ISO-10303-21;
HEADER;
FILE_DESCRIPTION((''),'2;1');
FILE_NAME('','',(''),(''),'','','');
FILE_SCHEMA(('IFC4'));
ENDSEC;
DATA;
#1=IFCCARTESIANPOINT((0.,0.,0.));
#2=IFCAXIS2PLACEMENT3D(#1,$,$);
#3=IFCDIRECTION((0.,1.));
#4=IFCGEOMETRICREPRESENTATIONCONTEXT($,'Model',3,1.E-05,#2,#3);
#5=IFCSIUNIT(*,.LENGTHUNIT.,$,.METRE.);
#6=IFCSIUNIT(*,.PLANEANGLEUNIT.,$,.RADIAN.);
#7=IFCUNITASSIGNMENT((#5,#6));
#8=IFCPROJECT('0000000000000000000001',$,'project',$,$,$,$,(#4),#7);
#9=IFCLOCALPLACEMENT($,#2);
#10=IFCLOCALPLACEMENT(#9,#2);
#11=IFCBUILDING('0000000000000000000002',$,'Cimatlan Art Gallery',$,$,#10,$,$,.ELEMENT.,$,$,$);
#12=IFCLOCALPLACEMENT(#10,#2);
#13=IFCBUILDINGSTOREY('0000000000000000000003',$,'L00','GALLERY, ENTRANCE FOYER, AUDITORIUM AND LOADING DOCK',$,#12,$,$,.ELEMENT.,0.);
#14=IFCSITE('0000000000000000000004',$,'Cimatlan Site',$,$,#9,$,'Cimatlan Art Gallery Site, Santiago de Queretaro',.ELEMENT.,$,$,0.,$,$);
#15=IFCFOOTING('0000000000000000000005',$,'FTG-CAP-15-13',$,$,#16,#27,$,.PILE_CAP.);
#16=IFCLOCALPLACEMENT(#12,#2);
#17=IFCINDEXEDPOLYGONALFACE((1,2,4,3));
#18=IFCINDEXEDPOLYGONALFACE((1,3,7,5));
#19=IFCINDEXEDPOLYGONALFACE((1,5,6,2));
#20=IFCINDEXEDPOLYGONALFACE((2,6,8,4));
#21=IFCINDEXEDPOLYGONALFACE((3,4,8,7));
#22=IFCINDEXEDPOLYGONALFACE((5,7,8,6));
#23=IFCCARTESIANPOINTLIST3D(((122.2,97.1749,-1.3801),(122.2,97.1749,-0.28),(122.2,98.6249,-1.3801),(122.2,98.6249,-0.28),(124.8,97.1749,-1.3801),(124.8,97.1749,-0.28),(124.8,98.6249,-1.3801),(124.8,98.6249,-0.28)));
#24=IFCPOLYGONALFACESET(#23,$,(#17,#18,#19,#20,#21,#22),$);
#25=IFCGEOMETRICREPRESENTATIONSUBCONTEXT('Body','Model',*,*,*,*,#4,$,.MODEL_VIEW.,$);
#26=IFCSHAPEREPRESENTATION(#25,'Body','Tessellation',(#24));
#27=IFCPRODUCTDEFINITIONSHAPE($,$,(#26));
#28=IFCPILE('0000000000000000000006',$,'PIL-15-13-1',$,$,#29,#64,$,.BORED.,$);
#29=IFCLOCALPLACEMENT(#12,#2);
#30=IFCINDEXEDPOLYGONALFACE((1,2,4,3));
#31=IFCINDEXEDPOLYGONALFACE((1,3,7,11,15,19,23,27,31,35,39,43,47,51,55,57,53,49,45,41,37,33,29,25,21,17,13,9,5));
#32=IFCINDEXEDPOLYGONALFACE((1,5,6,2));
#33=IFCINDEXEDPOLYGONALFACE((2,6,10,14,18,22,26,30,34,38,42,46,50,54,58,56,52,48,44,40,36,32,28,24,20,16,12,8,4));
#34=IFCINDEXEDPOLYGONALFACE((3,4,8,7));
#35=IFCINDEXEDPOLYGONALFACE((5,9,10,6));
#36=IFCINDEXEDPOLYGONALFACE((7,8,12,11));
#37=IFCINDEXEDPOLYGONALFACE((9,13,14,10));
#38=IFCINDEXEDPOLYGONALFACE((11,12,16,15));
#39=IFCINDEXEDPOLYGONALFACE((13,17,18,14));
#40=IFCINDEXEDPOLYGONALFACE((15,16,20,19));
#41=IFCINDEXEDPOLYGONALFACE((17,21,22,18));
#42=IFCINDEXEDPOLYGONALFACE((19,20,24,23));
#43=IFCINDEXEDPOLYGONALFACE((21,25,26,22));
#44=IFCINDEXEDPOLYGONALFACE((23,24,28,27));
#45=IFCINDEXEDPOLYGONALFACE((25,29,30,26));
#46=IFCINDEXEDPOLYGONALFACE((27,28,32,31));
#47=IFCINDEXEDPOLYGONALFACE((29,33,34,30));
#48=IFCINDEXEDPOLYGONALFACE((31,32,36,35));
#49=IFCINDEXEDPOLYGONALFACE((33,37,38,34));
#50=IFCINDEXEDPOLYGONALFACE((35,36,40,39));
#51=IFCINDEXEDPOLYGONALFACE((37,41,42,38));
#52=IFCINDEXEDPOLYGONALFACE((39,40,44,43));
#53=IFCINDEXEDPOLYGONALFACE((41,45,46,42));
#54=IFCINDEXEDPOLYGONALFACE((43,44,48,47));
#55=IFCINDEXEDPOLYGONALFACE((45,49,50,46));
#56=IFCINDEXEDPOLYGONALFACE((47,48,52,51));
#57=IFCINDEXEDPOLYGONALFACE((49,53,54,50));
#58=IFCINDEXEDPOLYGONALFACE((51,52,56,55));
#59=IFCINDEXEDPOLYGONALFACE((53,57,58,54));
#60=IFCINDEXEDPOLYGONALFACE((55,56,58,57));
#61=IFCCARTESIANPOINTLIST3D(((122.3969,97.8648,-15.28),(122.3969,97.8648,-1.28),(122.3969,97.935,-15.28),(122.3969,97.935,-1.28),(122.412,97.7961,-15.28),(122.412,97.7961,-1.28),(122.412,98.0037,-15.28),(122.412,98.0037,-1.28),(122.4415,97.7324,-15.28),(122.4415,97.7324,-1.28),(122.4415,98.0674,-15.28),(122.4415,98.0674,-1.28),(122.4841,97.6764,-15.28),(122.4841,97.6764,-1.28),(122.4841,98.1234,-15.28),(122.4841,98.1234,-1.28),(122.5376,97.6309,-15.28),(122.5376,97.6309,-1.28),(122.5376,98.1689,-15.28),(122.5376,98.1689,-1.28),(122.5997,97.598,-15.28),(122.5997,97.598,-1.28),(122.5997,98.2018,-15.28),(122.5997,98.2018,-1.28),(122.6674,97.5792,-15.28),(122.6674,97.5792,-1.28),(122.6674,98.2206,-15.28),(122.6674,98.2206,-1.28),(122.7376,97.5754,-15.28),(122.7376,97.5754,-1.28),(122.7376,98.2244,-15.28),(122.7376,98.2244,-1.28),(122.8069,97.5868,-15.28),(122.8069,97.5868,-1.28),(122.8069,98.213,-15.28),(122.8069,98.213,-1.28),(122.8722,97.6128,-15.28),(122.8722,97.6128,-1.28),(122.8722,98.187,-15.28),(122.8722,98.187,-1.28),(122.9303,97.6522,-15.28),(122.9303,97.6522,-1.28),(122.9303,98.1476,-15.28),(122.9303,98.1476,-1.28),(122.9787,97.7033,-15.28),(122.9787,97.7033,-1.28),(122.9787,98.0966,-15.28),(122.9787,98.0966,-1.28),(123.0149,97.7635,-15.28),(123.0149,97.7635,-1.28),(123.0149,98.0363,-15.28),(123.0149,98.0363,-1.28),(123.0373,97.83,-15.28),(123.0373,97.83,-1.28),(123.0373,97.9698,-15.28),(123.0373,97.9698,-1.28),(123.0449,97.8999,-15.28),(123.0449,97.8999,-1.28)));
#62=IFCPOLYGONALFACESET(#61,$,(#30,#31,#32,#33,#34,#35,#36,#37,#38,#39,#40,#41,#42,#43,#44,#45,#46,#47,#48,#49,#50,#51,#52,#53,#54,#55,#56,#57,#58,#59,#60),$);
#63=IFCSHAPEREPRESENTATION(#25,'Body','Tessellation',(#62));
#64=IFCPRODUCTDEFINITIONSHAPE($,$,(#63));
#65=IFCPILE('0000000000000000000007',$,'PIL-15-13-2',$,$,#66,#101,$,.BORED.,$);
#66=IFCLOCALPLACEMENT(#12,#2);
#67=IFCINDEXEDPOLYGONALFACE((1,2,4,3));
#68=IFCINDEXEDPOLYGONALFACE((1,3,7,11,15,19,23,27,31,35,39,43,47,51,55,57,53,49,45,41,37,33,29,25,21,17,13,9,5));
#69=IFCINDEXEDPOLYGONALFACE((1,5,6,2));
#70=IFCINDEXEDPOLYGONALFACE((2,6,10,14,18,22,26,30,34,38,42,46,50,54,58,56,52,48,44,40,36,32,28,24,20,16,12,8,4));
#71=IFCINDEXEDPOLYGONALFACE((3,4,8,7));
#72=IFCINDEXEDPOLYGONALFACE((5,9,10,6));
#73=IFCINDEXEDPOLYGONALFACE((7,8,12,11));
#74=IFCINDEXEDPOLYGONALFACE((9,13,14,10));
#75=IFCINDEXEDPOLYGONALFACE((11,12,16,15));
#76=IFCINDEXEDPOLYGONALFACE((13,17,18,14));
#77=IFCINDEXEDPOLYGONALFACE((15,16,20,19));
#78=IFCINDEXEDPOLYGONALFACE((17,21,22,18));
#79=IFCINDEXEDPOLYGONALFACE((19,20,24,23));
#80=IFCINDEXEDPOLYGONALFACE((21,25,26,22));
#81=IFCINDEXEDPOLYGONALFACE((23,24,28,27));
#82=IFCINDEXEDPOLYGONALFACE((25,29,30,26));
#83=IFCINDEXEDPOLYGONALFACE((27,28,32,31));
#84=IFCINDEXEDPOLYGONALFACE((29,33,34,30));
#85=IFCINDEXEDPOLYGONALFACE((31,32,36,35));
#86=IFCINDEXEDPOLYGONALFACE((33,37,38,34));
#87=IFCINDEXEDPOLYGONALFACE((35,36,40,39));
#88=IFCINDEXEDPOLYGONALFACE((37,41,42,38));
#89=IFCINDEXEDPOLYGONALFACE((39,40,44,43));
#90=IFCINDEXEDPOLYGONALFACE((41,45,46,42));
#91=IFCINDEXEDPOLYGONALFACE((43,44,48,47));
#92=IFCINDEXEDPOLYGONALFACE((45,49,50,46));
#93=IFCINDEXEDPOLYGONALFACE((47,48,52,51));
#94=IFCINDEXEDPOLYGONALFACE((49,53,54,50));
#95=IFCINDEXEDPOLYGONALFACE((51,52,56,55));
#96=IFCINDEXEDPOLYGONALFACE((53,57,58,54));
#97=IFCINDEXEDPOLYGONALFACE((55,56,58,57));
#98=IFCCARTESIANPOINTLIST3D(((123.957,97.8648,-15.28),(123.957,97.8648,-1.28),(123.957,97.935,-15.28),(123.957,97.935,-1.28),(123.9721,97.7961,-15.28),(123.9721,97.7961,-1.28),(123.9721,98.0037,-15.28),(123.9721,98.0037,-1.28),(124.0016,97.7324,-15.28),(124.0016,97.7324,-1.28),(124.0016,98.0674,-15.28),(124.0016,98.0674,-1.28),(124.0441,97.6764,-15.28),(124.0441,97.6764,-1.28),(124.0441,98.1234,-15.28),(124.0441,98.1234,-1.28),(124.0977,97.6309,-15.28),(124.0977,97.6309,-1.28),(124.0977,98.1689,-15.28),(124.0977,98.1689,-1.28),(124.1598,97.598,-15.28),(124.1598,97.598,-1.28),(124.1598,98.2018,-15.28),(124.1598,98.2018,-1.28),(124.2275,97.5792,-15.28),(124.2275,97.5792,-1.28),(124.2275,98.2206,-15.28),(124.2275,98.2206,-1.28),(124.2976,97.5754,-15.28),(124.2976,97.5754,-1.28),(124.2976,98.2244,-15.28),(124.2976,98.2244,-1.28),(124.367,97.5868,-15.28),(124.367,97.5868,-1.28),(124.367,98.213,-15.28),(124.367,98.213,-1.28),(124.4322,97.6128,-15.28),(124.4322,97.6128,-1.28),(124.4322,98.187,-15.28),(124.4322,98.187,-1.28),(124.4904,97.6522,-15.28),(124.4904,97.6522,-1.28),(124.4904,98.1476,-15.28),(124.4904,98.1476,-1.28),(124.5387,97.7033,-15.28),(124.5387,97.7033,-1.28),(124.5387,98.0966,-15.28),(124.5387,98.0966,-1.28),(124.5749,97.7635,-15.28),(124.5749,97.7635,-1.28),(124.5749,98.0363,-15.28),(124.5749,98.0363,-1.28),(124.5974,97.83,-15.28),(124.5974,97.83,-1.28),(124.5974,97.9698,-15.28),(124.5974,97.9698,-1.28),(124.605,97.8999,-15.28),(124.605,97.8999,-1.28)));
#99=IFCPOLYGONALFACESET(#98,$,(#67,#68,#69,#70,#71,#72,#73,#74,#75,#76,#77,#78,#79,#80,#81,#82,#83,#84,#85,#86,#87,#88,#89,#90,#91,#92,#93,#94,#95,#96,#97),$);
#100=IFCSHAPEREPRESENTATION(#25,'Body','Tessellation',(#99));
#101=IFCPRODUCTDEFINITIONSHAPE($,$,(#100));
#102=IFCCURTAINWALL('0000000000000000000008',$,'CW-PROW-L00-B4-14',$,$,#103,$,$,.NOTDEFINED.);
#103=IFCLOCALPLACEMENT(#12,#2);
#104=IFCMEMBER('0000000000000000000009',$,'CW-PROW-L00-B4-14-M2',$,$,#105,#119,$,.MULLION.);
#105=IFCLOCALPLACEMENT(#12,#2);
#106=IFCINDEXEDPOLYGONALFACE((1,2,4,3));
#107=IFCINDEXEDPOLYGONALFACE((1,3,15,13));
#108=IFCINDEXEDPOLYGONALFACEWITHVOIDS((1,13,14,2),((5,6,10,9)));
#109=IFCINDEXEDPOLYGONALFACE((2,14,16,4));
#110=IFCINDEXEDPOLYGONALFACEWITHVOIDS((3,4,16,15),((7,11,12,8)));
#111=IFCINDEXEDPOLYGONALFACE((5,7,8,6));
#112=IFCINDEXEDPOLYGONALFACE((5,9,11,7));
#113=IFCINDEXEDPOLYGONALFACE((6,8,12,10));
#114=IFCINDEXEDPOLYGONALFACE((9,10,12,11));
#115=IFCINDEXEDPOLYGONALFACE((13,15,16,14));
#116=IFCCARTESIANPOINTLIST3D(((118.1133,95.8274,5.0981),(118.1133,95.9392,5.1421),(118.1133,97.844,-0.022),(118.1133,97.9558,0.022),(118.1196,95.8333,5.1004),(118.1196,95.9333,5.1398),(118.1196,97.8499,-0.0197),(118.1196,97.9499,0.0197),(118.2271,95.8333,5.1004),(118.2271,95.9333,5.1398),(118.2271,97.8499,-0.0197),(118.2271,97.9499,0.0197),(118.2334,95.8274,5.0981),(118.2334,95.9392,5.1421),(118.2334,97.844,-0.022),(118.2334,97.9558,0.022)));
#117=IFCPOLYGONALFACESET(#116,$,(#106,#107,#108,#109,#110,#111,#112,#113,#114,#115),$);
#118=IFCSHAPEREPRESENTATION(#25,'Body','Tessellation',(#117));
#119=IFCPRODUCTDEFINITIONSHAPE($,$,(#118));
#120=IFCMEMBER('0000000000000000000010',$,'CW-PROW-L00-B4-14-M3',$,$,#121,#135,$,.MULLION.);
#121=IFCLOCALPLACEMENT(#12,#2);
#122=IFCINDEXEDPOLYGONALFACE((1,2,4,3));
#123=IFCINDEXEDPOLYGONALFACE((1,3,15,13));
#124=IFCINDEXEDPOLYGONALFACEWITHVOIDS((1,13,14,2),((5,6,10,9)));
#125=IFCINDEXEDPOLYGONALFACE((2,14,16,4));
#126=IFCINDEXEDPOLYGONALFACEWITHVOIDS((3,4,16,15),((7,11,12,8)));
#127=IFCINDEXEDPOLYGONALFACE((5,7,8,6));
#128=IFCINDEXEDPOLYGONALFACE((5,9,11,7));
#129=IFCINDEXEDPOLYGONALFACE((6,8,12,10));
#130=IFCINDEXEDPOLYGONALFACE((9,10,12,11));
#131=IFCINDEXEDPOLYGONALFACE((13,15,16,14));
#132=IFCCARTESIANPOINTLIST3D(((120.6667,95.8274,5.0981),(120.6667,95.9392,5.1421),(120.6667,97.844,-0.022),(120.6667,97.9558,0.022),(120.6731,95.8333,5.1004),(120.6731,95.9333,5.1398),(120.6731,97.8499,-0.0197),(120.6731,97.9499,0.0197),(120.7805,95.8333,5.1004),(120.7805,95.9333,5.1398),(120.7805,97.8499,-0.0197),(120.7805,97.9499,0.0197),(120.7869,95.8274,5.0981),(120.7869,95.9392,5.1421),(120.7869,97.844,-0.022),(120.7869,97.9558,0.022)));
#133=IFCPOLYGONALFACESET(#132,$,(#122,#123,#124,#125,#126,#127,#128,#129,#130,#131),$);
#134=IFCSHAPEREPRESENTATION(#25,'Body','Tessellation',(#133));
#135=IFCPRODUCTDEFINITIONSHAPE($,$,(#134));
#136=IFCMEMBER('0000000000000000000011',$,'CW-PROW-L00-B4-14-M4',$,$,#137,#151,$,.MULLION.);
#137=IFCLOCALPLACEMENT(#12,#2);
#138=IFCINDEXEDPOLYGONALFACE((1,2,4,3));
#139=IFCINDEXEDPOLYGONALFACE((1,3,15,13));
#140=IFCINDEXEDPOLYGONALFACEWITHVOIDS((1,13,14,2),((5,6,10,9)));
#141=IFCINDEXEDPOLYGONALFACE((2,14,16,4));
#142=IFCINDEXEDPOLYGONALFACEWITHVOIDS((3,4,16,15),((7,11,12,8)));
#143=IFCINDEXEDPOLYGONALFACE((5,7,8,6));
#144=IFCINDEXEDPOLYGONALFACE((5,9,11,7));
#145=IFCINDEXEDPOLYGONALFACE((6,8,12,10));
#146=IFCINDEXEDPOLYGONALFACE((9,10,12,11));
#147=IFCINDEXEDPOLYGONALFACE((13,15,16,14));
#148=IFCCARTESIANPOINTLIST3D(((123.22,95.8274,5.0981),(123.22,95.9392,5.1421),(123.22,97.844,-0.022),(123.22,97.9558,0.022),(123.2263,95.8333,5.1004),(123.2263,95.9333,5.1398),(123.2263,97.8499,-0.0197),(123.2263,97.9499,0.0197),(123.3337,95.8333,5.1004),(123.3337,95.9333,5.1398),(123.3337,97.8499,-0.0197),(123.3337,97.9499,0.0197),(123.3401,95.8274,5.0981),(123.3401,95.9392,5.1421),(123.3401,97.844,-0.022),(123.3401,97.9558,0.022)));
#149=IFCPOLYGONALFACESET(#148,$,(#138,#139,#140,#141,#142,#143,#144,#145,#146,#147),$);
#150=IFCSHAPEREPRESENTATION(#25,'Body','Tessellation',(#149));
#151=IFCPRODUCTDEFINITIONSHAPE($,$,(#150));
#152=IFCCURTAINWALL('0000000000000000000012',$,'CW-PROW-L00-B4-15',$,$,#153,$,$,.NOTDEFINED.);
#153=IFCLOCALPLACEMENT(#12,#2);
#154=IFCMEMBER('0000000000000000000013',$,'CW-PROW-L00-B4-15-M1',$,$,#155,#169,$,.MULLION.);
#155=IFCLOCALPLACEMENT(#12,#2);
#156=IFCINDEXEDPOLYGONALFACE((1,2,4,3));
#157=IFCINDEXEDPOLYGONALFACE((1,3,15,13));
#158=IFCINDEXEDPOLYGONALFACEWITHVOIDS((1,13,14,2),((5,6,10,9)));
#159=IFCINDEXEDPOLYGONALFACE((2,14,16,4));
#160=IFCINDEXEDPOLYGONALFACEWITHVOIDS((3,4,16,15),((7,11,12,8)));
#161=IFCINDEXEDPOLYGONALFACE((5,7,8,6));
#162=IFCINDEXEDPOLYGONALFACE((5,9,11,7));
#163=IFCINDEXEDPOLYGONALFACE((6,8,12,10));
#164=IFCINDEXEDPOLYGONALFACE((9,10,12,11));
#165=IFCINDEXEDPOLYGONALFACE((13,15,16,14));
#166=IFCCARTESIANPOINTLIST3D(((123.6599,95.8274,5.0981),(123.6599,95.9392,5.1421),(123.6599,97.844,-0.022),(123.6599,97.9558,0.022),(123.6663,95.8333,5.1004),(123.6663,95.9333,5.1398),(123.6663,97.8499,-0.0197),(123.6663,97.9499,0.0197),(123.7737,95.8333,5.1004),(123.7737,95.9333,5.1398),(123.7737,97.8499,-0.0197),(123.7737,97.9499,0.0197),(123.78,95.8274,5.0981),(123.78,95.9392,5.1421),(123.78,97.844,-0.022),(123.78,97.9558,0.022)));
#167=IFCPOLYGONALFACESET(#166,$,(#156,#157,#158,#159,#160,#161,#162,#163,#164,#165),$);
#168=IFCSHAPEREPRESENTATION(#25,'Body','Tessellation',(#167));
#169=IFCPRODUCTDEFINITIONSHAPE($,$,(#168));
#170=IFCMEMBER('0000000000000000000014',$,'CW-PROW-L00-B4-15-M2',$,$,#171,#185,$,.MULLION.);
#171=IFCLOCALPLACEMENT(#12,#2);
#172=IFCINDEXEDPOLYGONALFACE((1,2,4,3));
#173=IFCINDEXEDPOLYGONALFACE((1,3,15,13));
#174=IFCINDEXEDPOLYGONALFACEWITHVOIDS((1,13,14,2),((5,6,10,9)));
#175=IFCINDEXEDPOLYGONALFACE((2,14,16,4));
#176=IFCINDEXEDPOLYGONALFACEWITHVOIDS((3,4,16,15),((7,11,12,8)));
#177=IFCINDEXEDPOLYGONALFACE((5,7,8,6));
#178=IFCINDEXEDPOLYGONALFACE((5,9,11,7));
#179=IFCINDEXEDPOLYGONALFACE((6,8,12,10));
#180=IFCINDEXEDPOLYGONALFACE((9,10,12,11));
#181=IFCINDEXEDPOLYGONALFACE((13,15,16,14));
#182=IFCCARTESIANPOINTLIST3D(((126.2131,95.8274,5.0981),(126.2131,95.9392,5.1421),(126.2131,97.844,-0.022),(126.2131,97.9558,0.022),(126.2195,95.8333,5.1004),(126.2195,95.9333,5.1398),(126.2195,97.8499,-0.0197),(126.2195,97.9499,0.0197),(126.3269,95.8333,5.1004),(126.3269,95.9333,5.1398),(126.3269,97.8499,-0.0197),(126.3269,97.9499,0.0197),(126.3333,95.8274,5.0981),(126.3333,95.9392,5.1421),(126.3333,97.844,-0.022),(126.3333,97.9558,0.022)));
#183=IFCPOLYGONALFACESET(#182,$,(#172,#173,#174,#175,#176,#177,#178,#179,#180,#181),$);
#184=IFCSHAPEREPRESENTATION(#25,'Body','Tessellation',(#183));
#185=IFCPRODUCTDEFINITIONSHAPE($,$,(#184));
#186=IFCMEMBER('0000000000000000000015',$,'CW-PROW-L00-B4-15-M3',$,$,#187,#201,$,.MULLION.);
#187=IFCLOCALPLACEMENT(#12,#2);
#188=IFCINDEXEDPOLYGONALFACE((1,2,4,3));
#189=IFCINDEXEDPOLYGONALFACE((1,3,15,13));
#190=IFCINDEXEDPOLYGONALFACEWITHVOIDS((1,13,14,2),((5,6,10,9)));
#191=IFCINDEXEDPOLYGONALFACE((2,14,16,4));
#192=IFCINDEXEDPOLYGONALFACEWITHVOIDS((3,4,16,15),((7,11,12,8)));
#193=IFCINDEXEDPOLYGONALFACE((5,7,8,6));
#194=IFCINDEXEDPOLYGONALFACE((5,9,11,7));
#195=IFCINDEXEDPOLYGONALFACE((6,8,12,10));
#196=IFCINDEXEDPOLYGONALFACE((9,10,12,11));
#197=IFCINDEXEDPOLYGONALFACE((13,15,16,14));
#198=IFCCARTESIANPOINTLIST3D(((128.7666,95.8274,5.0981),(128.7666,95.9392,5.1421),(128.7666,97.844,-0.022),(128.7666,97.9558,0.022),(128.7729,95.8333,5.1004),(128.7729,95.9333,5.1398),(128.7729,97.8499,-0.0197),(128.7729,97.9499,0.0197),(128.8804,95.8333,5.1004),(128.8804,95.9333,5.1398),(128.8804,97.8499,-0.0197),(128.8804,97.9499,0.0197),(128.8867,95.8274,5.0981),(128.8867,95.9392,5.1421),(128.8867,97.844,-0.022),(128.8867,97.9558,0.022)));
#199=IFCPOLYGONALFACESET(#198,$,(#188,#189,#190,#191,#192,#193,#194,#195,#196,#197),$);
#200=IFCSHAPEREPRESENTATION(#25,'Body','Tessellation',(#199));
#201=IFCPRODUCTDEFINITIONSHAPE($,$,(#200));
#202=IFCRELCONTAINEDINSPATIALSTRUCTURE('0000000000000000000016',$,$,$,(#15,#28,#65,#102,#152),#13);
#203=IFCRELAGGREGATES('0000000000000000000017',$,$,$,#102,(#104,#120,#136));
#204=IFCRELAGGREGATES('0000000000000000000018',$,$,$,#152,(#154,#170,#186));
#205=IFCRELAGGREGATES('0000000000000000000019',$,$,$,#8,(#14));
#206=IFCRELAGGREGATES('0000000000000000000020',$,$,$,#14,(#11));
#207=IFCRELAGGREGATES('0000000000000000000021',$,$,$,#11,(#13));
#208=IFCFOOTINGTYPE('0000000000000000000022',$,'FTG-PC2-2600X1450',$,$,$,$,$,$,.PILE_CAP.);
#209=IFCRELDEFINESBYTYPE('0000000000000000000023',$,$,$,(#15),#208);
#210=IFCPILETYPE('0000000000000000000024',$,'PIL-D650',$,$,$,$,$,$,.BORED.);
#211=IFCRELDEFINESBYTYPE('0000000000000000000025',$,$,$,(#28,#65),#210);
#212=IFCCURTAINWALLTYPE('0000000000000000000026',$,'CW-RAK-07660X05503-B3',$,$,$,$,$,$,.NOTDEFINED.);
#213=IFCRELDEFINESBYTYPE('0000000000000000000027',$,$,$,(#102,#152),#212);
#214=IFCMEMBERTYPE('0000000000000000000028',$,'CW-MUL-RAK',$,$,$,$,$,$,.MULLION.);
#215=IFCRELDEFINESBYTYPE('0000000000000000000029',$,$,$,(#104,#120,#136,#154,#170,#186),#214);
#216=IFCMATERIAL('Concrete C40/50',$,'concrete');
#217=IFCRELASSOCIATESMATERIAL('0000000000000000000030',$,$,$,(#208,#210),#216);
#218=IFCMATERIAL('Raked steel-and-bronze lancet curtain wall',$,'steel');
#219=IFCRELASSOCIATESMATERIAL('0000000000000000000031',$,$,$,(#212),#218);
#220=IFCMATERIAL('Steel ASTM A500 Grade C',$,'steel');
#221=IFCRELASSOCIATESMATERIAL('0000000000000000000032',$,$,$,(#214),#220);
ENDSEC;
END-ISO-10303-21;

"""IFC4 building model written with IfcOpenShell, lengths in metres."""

from ifc_helpers import new_model, si_unit, direction, frame, origin, origin_2d, place, context, subcontext, project, spatial, rectangle, hollow_rectangle, circle, extrude, material, material_profile, profile_set, type_object, element, aggregate, save


model = new_model("IFC4")

# Units and contexts
model_context = context("Model", 3, precision=1e-05, world=origin(), true_north=direction((0.0, 1.0)))
body_context = subcontext(model_context, "Body", "Model", "MODEL_VIEW")
ifc_project = project(units=[si_unit("LENGTHUNIT", "METRE"), si_unit("PLANEANGLEUNIT", "RADIAN")], contexts=[model_context])

# Site, building, storey
site_placement = place(None, origin())
site = spatial("IfcSite", under=ifc_project, at=site_placement, Name="Cimatlan Site", LongName="Cimatlan Art Gallery Site, Santiago de Queretaro", CompositionType="ELEMENT", RefElevation=0.0)
building_placement = place(site_placement, origin())
building = spatial("IfcBuilding", under=site, at=building_placement, Name="Cimatlan Art Gallery", CompositionType="ELEMENT")
storey_placement = place(building_placement, origin())
storey = spatial("IfcBuildingStorey", under=building, at=storey_placement, Name="L00", Description="GALLERY, ENTRANCE FOYER, AUDITORIUM AND LOADING DOCK", CompositionType="ELEMENT", Elevation=0.0)

# Footing
ifc_material_1 = material(Name="Concrete C40/50", Category="concrete")
footing_type = type_object("IfcFootingType", Name="FTG-PC2-2600X1450", PredefinedType="PILE_CAP", material=ifc_material_1)
footing_placement = place(storey_placement, frame((123.5, 97.8999, -1.3801), z_axis=(0.0, 0.0, 1.0), x_axis=(1.0, 0.0, 0.0)))
element("IfcFooting", 1, at=footing_placement, inside=storey, type_object=footing_type, Name="FTG-CAP-15-13", PredefinedType="PILE_CAP", context=body_context, shape_type="SweptSolid", body=[
    extrude(rectangle(XDim=2.6001, YDim=1.45, at=origin_2d()), origin(), (0.0, 0.0, 1.0), 1.1001),
])

# Piles
pile_type = type_object("IfcPileType", Name="PIL-D650", PredefinedType="BORED", material=ifc_material_1)
for number, where, z_axis, x_axis, name in (
    (2, (122.72, 97.8999, -1.28), (0.0, 0.0, -1.0), (1.0, 0.0, 0.0), "PIL-15-13-1"),
    (3, (124.28, 97.8999, -1.28), (0.0, 0.0, -1.0), (1.0, 0.0, 0.0), "PIL-15-13-2"),
):
    element("IfcPile", number, at=place(storey_placement, frame(where, z_axis=z_axis, x_axis=x_axis)), inside=storey, type_object=pile_type, Name=name, PredefinedType="BORED", context=body_context, shape_type="SweptSolid", body=[
        extrude(circle(Radius=0.325, at=origin_2d()), origin(), (0.0, 0.0, 1.0), 14.0),
    ])

# Curtain walls, members
ifc_material_2 = material(Name="Raked steel-and-bronze lancet curtain wall", Category="steel")
curtain_wall_type = type_object("IfcCurtainWallType", Name="CW-RAK-07660X05503-B3", PredefinedType="NOTDEFINED", material=ifc_material_2)
curtain_wall_1_placement = place(storey_placement, origin())
curtain_wall_1 = element("IfcCurtainWall", 4, at=curtain_wall_1_placement, inside=storey, type_object=curtain_wall_type, Name="CW-PROW-L00-B4-14", PredefinedType="NOTDEFINED")
ifc_material_3 = material(Name="Steel ASTM A500 Grade C", Category="steel")
ifc_material_profile_1 = material_profile(ifc_material_3, hollow_rectangle(XDim=0.1201, YDim=0.1201, WallThickness=0.0063, at=origin_2d()), Name="HSS120X120X6")
ifc_profile_set_1 = profile_set([ifc_material_profile_1], Name="Steel ASTM A500 Grade C")
member_type_1 = type_object("IfcMemberType", Name="CW-MUL-RAK", PredefinedType="MULLION", material=ifc_profile_set_1)
member_1_placement = place(storey_placement, frame((118.1733, 97.8999, 0.0), z_axis=(0.0, -0.366459, 0.930434), x_axis=(1.0, 0.0, 0.0)))
member_1 = element("IfcMember", 5, at=member_1_placement, type_object=member_type_1, Name="CW-PROW-L00-B4-14-M2", PredefinedType="MULLION", context=body_context, shape_type="SweptSolid", body=[
    extrude(hollow_rectangle(XDim=0.1201, YDim=0.1201, WallThickness=0.0063, at=origin_2d()), origin(), (0.0, 0.0, 1.0), 5.5029),
])
member_2_placement = place(storey_placement, frame((120.7268, 97.8999, 0.0), z_axis=(0.0, -0.366459, 0.930434), x_axis=(1.0, 0.0, 0.0)))
member_2 = element("IfcMember", 6, at=member_2_placement, type_object=member_type_1, Name="CW-PROW-L00-B4-14-M3", PredefinedType="MULLION", context=body_context, shape_type="SweptSolid", body=[
    extrude(hollow_rectangle(XDim=0.1201, YDim=0.1201, WallThickness=0.0063, at=origin_2d()), origin(), (0.0, 0.0, 1.0), 5.5029),
])
member_3_placement = place(storey_placement, frame((123.28, 97.8999, 0.0), z_axis=(0.0, -0.366459, 0.930434), x_axis=(1.0, 0.0, 0.0)))
member_3 = element("IfcMember", 7, at=member_3_placement, type_object=member_type_1, Name="CW-PROW-L00-B4-14-M4", PredefinedType="MULLION", context=body_context, shape_type="SweptSolid", body=[
    extrude(hollow_rectangle(XDim=0.1201, YDim=0.1201, WallThickness=0.0063, at=origin_2d()), origin(), (0.0, 0.0, 1.0), 5.5029),
])
curtain_wall_2_placement = place(storey_placement, origin())
curtain_wall_2 = element("IfcCurtainWall", 8, at=curtain_wall_2_placement, inside=storey, type_object=curtain_wall_type, Name="CW-PROW-L00-B4-15", PredefinedType="NOTDEFINED")
member_4_placement = place(storey_placement, frame((123.72, 97.8999, 0.0), z_axis=(0.0, -0.366459, 0.930434), x_axis=(1.0, 0.0, 0.0)))
member_4 = element("IfcMember", 9, at=member_4_placement, type_object=member_type_1, Name="CW-PROW-L00-B4-15-M1", PredefinedType="MULLION", context=body_context, shape_type="SweptSolid", body=[
    extrude(hollow_rectangle(XDim=0.1201, YDim=0.1201, WallThickness=0.0063, at=origin_2d()), origin(), (0.0, 0.0, 1.0), 5.5029),
])
member_5_placement = place(storey_placement, frame((126.2732, 97.8999, 0.0), z_axis=(0.0, -0.366459, 0.930434), x_axis=(1.0, 0.0, 0.0)))
member_5 = element("IfcMember", 10, at=member_5_placement, type_object=member_type_1, Name="CW-PROW-L00-B4-15-M2", PredefinedType="MULLION", context=body_context, shape_type="SweptSolid", body=[
    extrude(hollow_rectangle(XDim=0.1201, YDim=0.1201, WallThickness=0.0063, at=origin_2d()), origin(), (0.0, 0.0, 1.0), 5.5029),
])
member_6_placement = place(storey_placement, frame((128.8267, 97.8999, 0.0), z_axis=(0.0, -0.366459, 0.930434), x_axis=(1.0, 0.0, 0.0)))
member_6 = element("IfcMember", 11, at=member_6_placement, type_object=member_type_1, Name="CW-PROW-L00-B4-15-M3", PredefinedType="MULLION", context=body_context, shape_type="SweptSolid", body=[
    extrude(hollow_rectangle(XDim=0.1201, YDim=0.1201, WallThickness=0.0063, at=origin_2d()), origin(), (0.0, 0.0, 1.0), 5.5029),
])

aggregate(curtain_wall_1, [member_1, member_2, member_3])
aggregate(curtain_wall_2, [member_4, member_5, member_6])

save(model, "model.ifc")
